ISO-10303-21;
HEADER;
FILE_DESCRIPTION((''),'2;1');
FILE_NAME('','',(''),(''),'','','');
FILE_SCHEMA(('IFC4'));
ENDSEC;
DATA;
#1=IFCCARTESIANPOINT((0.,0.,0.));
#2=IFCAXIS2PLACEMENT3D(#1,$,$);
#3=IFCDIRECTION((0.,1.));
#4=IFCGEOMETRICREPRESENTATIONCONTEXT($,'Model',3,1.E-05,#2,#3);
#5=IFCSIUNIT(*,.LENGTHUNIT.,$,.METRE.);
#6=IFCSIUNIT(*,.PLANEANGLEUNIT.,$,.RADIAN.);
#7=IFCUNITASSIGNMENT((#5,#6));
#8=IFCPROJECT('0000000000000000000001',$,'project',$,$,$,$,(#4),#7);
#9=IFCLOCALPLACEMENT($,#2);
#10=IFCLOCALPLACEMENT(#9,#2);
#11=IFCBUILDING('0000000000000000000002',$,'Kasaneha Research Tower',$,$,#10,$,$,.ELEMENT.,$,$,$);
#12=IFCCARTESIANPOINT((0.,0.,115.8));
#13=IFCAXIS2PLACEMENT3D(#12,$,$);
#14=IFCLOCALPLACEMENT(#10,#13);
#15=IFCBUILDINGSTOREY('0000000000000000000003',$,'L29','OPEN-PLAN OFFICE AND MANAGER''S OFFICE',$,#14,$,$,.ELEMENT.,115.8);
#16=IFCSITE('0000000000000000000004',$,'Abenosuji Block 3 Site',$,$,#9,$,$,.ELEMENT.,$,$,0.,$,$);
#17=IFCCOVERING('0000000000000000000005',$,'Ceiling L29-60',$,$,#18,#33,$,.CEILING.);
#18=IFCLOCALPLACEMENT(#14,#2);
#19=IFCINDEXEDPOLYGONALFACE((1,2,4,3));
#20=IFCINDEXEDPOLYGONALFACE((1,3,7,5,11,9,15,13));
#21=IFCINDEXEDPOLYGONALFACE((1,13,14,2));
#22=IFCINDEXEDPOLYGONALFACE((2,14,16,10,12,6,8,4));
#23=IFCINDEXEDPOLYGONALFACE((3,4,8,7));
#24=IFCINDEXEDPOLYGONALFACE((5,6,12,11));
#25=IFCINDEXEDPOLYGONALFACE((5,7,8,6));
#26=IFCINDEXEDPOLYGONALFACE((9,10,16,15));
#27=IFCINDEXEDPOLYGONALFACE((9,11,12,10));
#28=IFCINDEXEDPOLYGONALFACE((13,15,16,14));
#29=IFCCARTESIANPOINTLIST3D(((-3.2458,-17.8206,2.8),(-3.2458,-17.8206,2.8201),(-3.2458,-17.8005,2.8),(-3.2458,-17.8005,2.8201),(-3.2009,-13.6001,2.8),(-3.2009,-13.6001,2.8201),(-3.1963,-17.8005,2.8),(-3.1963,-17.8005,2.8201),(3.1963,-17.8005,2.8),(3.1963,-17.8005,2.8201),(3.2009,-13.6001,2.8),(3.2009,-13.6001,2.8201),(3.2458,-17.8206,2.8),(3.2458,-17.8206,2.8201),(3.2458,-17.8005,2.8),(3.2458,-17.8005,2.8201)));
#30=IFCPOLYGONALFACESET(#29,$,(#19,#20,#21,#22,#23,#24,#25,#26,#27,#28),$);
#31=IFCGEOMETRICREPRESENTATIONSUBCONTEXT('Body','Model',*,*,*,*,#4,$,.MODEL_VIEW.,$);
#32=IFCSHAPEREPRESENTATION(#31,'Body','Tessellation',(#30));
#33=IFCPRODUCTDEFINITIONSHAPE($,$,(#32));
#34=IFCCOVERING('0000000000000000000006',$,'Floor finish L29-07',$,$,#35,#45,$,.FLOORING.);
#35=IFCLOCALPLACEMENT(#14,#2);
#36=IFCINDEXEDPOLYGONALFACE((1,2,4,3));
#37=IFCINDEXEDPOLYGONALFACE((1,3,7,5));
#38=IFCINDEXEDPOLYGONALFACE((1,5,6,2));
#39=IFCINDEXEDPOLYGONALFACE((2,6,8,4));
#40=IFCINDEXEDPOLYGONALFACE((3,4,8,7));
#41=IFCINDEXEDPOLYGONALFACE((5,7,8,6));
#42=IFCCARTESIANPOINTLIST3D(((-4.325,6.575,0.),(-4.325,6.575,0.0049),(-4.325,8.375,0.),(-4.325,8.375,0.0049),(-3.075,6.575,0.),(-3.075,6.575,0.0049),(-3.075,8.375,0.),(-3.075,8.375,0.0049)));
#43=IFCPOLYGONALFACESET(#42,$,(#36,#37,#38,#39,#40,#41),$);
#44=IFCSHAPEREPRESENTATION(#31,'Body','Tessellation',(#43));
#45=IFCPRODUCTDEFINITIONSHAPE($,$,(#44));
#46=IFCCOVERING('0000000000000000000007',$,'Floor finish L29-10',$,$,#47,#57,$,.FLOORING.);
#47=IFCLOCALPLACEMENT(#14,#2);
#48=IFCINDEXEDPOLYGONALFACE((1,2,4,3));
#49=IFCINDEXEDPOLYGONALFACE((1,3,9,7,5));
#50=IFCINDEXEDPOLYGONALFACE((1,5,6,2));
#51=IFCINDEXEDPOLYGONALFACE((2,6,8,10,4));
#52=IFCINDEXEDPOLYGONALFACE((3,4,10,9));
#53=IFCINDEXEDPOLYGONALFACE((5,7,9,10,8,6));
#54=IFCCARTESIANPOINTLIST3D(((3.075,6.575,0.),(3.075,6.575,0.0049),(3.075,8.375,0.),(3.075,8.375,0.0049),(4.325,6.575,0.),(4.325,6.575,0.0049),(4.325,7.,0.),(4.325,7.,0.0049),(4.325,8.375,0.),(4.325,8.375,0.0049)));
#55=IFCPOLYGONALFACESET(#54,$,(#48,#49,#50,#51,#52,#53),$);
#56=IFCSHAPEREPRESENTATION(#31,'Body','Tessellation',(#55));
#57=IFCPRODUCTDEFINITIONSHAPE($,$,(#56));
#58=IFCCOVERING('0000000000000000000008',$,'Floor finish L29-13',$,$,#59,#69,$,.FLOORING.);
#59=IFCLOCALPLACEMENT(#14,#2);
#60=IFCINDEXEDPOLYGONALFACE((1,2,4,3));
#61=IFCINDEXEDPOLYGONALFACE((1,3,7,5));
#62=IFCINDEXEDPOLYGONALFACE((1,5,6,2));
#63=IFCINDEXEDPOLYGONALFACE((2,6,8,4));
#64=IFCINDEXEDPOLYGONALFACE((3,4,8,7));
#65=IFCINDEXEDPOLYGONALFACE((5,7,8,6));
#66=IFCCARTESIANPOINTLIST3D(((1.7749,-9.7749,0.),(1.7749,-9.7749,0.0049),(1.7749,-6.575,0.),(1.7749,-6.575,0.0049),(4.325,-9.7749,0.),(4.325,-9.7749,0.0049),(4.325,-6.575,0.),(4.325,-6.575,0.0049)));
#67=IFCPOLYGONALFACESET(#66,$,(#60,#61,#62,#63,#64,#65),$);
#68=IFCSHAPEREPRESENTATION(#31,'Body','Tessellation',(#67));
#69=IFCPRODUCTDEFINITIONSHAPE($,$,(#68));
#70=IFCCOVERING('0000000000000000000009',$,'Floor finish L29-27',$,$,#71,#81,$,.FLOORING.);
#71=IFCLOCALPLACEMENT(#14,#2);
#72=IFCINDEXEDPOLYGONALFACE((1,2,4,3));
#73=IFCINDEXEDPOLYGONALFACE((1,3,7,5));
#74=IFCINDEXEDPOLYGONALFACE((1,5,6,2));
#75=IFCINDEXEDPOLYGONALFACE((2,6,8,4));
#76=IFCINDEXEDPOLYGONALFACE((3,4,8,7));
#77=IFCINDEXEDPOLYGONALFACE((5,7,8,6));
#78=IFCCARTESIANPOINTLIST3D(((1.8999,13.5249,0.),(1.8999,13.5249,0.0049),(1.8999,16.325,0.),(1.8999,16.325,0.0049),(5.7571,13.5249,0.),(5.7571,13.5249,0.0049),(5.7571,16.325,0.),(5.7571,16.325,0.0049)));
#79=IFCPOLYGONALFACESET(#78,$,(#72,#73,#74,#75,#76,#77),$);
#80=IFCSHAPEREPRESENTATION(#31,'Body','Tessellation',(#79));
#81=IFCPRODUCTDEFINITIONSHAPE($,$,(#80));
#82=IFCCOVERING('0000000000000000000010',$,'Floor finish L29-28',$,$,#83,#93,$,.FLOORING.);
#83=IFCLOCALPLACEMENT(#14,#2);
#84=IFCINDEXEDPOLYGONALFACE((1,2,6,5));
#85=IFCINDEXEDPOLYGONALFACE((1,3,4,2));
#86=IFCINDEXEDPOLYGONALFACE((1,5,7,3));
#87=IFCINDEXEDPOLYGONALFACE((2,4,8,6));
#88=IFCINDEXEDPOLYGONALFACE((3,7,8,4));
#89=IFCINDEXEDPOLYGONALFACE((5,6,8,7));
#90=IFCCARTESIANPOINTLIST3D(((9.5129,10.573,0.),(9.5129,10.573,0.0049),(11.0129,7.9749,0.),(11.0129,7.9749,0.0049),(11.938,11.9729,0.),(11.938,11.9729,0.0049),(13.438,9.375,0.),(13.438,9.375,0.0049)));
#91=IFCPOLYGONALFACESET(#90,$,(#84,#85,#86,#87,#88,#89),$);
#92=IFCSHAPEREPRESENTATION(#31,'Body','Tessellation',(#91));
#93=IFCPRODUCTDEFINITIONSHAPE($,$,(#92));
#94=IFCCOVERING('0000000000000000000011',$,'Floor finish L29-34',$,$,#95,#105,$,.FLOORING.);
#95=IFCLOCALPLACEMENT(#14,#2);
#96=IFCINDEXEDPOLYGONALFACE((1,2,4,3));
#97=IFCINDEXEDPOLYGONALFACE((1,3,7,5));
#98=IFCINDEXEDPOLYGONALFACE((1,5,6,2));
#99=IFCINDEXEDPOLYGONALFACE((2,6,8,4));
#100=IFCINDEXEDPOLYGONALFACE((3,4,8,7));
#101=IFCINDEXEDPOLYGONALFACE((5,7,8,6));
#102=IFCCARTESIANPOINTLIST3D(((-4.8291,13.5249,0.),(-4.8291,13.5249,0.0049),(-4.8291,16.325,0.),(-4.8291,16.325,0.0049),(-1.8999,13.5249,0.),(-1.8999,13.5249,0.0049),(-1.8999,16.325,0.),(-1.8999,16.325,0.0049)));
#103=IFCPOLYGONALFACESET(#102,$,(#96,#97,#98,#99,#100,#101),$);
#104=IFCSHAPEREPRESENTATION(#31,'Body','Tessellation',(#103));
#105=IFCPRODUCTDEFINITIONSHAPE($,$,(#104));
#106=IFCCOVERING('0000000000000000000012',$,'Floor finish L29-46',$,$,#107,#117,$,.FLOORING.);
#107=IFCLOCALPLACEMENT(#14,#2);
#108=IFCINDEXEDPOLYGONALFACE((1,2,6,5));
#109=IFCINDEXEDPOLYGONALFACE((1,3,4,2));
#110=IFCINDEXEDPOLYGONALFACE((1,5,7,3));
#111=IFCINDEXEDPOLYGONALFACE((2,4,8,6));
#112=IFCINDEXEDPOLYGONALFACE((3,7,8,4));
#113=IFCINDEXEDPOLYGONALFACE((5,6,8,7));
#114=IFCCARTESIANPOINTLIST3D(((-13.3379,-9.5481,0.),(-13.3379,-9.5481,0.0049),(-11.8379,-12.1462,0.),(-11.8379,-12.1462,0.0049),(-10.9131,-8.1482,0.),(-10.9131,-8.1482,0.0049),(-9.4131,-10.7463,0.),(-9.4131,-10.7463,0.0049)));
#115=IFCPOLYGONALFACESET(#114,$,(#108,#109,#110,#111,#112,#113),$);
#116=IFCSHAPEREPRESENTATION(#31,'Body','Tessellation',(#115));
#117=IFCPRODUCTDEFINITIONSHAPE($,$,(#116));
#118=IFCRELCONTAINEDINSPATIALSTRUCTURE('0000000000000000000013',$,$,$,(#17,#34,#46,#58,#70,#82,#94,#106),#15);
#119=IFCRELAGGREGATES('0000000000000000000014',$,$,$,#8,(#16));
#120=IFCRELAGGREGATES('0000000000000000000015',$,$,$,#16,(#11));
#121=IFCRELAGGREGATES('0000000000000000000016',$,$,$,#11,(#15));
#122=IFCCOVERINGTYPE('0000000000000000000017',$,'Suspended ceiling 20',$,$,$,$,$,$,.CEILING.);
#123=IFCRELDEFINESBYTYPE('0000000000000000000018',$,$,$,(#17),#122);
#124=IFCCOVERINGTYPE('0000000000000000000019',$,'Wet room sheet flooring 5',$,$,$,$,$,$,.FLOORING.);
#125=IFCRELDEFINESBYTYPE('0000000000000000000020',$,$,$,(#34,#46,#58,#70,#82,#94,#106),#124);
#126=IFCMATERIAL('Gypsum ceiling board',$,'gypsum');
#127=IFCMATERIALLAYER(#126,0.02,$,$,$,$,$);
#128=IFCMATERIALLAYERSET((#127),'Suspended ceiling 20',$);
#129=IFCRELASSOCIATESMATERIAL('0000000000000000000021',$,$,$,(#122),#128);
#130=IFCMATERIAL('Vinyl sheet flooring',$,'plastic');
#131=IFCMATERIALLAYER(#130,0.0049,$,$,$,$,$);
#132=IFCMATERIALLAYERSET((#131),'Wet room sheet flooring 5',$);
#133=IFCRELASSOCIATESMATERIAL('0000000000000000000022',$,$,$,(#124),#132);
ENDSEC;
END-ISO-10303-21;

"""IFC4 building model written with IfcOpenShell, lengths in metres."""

from ifc_helpers import new_model, si_unit, direction, frame, origin, place, context, subcontext, project, spatial, polyline, outline, extrude, material, layer, layer_set, type_object, element, save


model = new_model("IFC4")

# Units and contexts
model_context = context("Model", 3, precision=1e-05, world=origin(), true_north=direction((0.0, 1.0)))
body_context = subcontext(model_context, "Body", "Model", "MODEL_VIEW")
ifc_project = project(units=[si_unit("LENGTHUNIT", "METRE"), si_unit("PLANEANGLEUNIT", "RADIAN")], contexts=[model_context])

# Site, building, storey
site_placement = place(None, origin())
site = spatial("IfcSite", under=ifc_project, at=site_placement, Name="Abenosuji Block 3 Site", CompositionType="ELEMENT", RefElevation=0.0)
building_placement = place(site_placement, origin())
building = spatial("IfcBuilding", under=site, at=building_placement, Name="Kasaneha Research Tower", CompositionType="ELEMENT")
storey_placement = place(building_placement, frame((0.0, 0.0, 115.8)))
storey = spatial("IfcBuildingStorey", under=building, at=storey_placement, Name="L29", Description="OPEN-PLAN OFFICE AND MANAGER'S OFFICE", CompositionType="ELEMENT", Elevation=115.8)

# Coverings
ifc_material_1 = material(Name="Gypsum ceiling board", Category="gypsum")
ifc_layer_1 = layer(ifc_material_1, 0.02)
ifc_layer_set_1 = layer_set([ifc_layer_1], Name="Suspended ceiling 20")
covering_type_1 = type_object("IfcCoveringType", Name="Suspended ceiling 20", PredefinedType="CEILING", material=ifc_layer_set_1)
covering_1_placement = place(storey_placement, frame((0.0, 0.0, 2.8)))
element("IfcCovering", 1, at=covering_1_placement, inside=storey, type_object=covering_type_1, Name="Ceiling L29-60", PredefinedType="CEILING", context=body_context, shape_type="SweptSolid", body=[
    extrude(outline(polyline([(3.2458, -17.8206), (-3.2458, -17.8206), (-3.2458, -17.8005), (-3.1963, -17.8005), (-3.2009, -13.6001), (3.2009, -13.6001), (3.1963, -17.8005), (3.2458, -17.8005), (3.2458, -17.8206)])), origin(), (0.0, 0.0, 1.0), 0.02),
])
ifc_material_2 = material(Name="Vinyl sheet flooring", Category="plastic")
ifc_layer_2 = layer(ifc_material_2, 0.0049)
ifc_layer_set_2 = layer_set([ifc_layer_2], Name="Wet room sheet flooring 5")
covering_type_2 = type_object("IfcCoveringType", Name="Wet room sheet flooring 5", PredefinedType="FLOORING", material=ifc_layer_set_2)
covering_2_placement = place(storey_placement, origin())
element("IfcCovering", 2, at=covering_2_placement, inside=storey, type_object=covering_type_2, Name="Floor finish L29-07", PredefinedType="FLOORING", context=body_context, shape_type="SweptSolid", body=[
    extrude(outline(polyline([(-4.325, 6.575), (-4.325, 8.375), (-3.075, 8.375), (-3.075, 6.575), (-4.325, 6.575)])), origin(), (0.0, 0.0, 1.0), 0.0049),
])
covering_3_placement = place(storey_placement, origin())
element("IfcCovering", 3, at=covering_3_placement, inside=storey, type_object=covering_type_2, Name="Floor finish L29-10", PredefinedType="FLOORING", context=body_context, shape_type="SweptSolid", body=[
    extrude(outline(polyline([(3.075, 6.575), (3.075, 8.375), (4.325, 8.375), (4.325, 7.0), (4.325, 6.575), (3.075, 6.575)])), origin(), (0.0, 0.0, 1.0), 0.0049),
])
covering_4_placement = place(storey_placement, origin())
element("IfcCovering", 4, at=covering_4_placement, inside=storey, type_object=covering_type_2, Name="Floor finish L29-13", PredefinedType="FLOORING", context=body_context, shape_type="SweptSolid", body=[
    extrude(outline(polyline([(1.7749, -9.7749), (1.7749, -6.575), (4.325, -6.575), (4.325, -9.7749), (1.7749, -9.7749)])), origin(), (0.0, 0.0, 1.0), 0.0049),
])
covering_5_placement = place(storey_placement, origin())
element("IfcCovering", 5, at=covering_5_placement, inside=storey, type_object=covering_type_2, Name="Floor finish L29-27", PredefinedType="FLOORING", context=body_context, shape_type="SweptSolid", body=[
    extrude(outline(polyline([(1.8999, 16.325), (5.7571, 16.325), (5.7571, 13.5249), (1.8999, 13.5249), (1.8999, 16.325)])), origin(), (0.0, 0.0, 1.0), 0.0049),
])
covering_6_placement = place(storey_placement, origin())
element("IfcCovering", 6, at=covering_6_placement, inside=storey, type_object=covering_type_2, Name="Floor finish L29-28", PredefinedType="FLOORING", context=body_context, shape_type="SweptSolid", body=[
    extrude(outline(polyline([(11.938, 11.9729), (13.438, 9.375), (11.0129, 7.9749), (9.5129, 10.573), (11.938, 11.9729)])), origin(), (0.0, 0.0, 1.0), 0.0049),
])
covering_7_placement = place(storey_placement, origin())
element("IfcCovering", 7, at=covering_7_placement, inside=storey, type_object=covering_type_2, Name="Floor finish L29-34", PredefinedType="FLOORING", context=body_context, shape_type="SweptSolid", body=[
    extrude(outline(polyline([(-4.8291, 16.325), (-1.8999, 16.325), (-1.8999, 13.5249), (-4.8291, 13.5249), (-4.8291, 16.325)])), origin(), (0.0, 0.0, 1.0), 0.0049),
])
covering_8_placement = place(storey_placement, origin())
element("IfcCovering", 8, at=covering_8_placement, inside=storey, type_object=covering_type_2, Name="Floor finish L29-46", PredefinedType="FLOORING", context=body_context, shape_type="SweptSolid", body=[
    extrude(outline(polyline([(-11.8379, -12.1462), (-13.3379, -9.5481), (-10.9131, -8.1482), (-9.4131, -10.7463), (-11.8379, -12.1462)])), origin(), (0.0, 0.0, 1.0), 0.0049),
])

save(model, "model.ifc")
